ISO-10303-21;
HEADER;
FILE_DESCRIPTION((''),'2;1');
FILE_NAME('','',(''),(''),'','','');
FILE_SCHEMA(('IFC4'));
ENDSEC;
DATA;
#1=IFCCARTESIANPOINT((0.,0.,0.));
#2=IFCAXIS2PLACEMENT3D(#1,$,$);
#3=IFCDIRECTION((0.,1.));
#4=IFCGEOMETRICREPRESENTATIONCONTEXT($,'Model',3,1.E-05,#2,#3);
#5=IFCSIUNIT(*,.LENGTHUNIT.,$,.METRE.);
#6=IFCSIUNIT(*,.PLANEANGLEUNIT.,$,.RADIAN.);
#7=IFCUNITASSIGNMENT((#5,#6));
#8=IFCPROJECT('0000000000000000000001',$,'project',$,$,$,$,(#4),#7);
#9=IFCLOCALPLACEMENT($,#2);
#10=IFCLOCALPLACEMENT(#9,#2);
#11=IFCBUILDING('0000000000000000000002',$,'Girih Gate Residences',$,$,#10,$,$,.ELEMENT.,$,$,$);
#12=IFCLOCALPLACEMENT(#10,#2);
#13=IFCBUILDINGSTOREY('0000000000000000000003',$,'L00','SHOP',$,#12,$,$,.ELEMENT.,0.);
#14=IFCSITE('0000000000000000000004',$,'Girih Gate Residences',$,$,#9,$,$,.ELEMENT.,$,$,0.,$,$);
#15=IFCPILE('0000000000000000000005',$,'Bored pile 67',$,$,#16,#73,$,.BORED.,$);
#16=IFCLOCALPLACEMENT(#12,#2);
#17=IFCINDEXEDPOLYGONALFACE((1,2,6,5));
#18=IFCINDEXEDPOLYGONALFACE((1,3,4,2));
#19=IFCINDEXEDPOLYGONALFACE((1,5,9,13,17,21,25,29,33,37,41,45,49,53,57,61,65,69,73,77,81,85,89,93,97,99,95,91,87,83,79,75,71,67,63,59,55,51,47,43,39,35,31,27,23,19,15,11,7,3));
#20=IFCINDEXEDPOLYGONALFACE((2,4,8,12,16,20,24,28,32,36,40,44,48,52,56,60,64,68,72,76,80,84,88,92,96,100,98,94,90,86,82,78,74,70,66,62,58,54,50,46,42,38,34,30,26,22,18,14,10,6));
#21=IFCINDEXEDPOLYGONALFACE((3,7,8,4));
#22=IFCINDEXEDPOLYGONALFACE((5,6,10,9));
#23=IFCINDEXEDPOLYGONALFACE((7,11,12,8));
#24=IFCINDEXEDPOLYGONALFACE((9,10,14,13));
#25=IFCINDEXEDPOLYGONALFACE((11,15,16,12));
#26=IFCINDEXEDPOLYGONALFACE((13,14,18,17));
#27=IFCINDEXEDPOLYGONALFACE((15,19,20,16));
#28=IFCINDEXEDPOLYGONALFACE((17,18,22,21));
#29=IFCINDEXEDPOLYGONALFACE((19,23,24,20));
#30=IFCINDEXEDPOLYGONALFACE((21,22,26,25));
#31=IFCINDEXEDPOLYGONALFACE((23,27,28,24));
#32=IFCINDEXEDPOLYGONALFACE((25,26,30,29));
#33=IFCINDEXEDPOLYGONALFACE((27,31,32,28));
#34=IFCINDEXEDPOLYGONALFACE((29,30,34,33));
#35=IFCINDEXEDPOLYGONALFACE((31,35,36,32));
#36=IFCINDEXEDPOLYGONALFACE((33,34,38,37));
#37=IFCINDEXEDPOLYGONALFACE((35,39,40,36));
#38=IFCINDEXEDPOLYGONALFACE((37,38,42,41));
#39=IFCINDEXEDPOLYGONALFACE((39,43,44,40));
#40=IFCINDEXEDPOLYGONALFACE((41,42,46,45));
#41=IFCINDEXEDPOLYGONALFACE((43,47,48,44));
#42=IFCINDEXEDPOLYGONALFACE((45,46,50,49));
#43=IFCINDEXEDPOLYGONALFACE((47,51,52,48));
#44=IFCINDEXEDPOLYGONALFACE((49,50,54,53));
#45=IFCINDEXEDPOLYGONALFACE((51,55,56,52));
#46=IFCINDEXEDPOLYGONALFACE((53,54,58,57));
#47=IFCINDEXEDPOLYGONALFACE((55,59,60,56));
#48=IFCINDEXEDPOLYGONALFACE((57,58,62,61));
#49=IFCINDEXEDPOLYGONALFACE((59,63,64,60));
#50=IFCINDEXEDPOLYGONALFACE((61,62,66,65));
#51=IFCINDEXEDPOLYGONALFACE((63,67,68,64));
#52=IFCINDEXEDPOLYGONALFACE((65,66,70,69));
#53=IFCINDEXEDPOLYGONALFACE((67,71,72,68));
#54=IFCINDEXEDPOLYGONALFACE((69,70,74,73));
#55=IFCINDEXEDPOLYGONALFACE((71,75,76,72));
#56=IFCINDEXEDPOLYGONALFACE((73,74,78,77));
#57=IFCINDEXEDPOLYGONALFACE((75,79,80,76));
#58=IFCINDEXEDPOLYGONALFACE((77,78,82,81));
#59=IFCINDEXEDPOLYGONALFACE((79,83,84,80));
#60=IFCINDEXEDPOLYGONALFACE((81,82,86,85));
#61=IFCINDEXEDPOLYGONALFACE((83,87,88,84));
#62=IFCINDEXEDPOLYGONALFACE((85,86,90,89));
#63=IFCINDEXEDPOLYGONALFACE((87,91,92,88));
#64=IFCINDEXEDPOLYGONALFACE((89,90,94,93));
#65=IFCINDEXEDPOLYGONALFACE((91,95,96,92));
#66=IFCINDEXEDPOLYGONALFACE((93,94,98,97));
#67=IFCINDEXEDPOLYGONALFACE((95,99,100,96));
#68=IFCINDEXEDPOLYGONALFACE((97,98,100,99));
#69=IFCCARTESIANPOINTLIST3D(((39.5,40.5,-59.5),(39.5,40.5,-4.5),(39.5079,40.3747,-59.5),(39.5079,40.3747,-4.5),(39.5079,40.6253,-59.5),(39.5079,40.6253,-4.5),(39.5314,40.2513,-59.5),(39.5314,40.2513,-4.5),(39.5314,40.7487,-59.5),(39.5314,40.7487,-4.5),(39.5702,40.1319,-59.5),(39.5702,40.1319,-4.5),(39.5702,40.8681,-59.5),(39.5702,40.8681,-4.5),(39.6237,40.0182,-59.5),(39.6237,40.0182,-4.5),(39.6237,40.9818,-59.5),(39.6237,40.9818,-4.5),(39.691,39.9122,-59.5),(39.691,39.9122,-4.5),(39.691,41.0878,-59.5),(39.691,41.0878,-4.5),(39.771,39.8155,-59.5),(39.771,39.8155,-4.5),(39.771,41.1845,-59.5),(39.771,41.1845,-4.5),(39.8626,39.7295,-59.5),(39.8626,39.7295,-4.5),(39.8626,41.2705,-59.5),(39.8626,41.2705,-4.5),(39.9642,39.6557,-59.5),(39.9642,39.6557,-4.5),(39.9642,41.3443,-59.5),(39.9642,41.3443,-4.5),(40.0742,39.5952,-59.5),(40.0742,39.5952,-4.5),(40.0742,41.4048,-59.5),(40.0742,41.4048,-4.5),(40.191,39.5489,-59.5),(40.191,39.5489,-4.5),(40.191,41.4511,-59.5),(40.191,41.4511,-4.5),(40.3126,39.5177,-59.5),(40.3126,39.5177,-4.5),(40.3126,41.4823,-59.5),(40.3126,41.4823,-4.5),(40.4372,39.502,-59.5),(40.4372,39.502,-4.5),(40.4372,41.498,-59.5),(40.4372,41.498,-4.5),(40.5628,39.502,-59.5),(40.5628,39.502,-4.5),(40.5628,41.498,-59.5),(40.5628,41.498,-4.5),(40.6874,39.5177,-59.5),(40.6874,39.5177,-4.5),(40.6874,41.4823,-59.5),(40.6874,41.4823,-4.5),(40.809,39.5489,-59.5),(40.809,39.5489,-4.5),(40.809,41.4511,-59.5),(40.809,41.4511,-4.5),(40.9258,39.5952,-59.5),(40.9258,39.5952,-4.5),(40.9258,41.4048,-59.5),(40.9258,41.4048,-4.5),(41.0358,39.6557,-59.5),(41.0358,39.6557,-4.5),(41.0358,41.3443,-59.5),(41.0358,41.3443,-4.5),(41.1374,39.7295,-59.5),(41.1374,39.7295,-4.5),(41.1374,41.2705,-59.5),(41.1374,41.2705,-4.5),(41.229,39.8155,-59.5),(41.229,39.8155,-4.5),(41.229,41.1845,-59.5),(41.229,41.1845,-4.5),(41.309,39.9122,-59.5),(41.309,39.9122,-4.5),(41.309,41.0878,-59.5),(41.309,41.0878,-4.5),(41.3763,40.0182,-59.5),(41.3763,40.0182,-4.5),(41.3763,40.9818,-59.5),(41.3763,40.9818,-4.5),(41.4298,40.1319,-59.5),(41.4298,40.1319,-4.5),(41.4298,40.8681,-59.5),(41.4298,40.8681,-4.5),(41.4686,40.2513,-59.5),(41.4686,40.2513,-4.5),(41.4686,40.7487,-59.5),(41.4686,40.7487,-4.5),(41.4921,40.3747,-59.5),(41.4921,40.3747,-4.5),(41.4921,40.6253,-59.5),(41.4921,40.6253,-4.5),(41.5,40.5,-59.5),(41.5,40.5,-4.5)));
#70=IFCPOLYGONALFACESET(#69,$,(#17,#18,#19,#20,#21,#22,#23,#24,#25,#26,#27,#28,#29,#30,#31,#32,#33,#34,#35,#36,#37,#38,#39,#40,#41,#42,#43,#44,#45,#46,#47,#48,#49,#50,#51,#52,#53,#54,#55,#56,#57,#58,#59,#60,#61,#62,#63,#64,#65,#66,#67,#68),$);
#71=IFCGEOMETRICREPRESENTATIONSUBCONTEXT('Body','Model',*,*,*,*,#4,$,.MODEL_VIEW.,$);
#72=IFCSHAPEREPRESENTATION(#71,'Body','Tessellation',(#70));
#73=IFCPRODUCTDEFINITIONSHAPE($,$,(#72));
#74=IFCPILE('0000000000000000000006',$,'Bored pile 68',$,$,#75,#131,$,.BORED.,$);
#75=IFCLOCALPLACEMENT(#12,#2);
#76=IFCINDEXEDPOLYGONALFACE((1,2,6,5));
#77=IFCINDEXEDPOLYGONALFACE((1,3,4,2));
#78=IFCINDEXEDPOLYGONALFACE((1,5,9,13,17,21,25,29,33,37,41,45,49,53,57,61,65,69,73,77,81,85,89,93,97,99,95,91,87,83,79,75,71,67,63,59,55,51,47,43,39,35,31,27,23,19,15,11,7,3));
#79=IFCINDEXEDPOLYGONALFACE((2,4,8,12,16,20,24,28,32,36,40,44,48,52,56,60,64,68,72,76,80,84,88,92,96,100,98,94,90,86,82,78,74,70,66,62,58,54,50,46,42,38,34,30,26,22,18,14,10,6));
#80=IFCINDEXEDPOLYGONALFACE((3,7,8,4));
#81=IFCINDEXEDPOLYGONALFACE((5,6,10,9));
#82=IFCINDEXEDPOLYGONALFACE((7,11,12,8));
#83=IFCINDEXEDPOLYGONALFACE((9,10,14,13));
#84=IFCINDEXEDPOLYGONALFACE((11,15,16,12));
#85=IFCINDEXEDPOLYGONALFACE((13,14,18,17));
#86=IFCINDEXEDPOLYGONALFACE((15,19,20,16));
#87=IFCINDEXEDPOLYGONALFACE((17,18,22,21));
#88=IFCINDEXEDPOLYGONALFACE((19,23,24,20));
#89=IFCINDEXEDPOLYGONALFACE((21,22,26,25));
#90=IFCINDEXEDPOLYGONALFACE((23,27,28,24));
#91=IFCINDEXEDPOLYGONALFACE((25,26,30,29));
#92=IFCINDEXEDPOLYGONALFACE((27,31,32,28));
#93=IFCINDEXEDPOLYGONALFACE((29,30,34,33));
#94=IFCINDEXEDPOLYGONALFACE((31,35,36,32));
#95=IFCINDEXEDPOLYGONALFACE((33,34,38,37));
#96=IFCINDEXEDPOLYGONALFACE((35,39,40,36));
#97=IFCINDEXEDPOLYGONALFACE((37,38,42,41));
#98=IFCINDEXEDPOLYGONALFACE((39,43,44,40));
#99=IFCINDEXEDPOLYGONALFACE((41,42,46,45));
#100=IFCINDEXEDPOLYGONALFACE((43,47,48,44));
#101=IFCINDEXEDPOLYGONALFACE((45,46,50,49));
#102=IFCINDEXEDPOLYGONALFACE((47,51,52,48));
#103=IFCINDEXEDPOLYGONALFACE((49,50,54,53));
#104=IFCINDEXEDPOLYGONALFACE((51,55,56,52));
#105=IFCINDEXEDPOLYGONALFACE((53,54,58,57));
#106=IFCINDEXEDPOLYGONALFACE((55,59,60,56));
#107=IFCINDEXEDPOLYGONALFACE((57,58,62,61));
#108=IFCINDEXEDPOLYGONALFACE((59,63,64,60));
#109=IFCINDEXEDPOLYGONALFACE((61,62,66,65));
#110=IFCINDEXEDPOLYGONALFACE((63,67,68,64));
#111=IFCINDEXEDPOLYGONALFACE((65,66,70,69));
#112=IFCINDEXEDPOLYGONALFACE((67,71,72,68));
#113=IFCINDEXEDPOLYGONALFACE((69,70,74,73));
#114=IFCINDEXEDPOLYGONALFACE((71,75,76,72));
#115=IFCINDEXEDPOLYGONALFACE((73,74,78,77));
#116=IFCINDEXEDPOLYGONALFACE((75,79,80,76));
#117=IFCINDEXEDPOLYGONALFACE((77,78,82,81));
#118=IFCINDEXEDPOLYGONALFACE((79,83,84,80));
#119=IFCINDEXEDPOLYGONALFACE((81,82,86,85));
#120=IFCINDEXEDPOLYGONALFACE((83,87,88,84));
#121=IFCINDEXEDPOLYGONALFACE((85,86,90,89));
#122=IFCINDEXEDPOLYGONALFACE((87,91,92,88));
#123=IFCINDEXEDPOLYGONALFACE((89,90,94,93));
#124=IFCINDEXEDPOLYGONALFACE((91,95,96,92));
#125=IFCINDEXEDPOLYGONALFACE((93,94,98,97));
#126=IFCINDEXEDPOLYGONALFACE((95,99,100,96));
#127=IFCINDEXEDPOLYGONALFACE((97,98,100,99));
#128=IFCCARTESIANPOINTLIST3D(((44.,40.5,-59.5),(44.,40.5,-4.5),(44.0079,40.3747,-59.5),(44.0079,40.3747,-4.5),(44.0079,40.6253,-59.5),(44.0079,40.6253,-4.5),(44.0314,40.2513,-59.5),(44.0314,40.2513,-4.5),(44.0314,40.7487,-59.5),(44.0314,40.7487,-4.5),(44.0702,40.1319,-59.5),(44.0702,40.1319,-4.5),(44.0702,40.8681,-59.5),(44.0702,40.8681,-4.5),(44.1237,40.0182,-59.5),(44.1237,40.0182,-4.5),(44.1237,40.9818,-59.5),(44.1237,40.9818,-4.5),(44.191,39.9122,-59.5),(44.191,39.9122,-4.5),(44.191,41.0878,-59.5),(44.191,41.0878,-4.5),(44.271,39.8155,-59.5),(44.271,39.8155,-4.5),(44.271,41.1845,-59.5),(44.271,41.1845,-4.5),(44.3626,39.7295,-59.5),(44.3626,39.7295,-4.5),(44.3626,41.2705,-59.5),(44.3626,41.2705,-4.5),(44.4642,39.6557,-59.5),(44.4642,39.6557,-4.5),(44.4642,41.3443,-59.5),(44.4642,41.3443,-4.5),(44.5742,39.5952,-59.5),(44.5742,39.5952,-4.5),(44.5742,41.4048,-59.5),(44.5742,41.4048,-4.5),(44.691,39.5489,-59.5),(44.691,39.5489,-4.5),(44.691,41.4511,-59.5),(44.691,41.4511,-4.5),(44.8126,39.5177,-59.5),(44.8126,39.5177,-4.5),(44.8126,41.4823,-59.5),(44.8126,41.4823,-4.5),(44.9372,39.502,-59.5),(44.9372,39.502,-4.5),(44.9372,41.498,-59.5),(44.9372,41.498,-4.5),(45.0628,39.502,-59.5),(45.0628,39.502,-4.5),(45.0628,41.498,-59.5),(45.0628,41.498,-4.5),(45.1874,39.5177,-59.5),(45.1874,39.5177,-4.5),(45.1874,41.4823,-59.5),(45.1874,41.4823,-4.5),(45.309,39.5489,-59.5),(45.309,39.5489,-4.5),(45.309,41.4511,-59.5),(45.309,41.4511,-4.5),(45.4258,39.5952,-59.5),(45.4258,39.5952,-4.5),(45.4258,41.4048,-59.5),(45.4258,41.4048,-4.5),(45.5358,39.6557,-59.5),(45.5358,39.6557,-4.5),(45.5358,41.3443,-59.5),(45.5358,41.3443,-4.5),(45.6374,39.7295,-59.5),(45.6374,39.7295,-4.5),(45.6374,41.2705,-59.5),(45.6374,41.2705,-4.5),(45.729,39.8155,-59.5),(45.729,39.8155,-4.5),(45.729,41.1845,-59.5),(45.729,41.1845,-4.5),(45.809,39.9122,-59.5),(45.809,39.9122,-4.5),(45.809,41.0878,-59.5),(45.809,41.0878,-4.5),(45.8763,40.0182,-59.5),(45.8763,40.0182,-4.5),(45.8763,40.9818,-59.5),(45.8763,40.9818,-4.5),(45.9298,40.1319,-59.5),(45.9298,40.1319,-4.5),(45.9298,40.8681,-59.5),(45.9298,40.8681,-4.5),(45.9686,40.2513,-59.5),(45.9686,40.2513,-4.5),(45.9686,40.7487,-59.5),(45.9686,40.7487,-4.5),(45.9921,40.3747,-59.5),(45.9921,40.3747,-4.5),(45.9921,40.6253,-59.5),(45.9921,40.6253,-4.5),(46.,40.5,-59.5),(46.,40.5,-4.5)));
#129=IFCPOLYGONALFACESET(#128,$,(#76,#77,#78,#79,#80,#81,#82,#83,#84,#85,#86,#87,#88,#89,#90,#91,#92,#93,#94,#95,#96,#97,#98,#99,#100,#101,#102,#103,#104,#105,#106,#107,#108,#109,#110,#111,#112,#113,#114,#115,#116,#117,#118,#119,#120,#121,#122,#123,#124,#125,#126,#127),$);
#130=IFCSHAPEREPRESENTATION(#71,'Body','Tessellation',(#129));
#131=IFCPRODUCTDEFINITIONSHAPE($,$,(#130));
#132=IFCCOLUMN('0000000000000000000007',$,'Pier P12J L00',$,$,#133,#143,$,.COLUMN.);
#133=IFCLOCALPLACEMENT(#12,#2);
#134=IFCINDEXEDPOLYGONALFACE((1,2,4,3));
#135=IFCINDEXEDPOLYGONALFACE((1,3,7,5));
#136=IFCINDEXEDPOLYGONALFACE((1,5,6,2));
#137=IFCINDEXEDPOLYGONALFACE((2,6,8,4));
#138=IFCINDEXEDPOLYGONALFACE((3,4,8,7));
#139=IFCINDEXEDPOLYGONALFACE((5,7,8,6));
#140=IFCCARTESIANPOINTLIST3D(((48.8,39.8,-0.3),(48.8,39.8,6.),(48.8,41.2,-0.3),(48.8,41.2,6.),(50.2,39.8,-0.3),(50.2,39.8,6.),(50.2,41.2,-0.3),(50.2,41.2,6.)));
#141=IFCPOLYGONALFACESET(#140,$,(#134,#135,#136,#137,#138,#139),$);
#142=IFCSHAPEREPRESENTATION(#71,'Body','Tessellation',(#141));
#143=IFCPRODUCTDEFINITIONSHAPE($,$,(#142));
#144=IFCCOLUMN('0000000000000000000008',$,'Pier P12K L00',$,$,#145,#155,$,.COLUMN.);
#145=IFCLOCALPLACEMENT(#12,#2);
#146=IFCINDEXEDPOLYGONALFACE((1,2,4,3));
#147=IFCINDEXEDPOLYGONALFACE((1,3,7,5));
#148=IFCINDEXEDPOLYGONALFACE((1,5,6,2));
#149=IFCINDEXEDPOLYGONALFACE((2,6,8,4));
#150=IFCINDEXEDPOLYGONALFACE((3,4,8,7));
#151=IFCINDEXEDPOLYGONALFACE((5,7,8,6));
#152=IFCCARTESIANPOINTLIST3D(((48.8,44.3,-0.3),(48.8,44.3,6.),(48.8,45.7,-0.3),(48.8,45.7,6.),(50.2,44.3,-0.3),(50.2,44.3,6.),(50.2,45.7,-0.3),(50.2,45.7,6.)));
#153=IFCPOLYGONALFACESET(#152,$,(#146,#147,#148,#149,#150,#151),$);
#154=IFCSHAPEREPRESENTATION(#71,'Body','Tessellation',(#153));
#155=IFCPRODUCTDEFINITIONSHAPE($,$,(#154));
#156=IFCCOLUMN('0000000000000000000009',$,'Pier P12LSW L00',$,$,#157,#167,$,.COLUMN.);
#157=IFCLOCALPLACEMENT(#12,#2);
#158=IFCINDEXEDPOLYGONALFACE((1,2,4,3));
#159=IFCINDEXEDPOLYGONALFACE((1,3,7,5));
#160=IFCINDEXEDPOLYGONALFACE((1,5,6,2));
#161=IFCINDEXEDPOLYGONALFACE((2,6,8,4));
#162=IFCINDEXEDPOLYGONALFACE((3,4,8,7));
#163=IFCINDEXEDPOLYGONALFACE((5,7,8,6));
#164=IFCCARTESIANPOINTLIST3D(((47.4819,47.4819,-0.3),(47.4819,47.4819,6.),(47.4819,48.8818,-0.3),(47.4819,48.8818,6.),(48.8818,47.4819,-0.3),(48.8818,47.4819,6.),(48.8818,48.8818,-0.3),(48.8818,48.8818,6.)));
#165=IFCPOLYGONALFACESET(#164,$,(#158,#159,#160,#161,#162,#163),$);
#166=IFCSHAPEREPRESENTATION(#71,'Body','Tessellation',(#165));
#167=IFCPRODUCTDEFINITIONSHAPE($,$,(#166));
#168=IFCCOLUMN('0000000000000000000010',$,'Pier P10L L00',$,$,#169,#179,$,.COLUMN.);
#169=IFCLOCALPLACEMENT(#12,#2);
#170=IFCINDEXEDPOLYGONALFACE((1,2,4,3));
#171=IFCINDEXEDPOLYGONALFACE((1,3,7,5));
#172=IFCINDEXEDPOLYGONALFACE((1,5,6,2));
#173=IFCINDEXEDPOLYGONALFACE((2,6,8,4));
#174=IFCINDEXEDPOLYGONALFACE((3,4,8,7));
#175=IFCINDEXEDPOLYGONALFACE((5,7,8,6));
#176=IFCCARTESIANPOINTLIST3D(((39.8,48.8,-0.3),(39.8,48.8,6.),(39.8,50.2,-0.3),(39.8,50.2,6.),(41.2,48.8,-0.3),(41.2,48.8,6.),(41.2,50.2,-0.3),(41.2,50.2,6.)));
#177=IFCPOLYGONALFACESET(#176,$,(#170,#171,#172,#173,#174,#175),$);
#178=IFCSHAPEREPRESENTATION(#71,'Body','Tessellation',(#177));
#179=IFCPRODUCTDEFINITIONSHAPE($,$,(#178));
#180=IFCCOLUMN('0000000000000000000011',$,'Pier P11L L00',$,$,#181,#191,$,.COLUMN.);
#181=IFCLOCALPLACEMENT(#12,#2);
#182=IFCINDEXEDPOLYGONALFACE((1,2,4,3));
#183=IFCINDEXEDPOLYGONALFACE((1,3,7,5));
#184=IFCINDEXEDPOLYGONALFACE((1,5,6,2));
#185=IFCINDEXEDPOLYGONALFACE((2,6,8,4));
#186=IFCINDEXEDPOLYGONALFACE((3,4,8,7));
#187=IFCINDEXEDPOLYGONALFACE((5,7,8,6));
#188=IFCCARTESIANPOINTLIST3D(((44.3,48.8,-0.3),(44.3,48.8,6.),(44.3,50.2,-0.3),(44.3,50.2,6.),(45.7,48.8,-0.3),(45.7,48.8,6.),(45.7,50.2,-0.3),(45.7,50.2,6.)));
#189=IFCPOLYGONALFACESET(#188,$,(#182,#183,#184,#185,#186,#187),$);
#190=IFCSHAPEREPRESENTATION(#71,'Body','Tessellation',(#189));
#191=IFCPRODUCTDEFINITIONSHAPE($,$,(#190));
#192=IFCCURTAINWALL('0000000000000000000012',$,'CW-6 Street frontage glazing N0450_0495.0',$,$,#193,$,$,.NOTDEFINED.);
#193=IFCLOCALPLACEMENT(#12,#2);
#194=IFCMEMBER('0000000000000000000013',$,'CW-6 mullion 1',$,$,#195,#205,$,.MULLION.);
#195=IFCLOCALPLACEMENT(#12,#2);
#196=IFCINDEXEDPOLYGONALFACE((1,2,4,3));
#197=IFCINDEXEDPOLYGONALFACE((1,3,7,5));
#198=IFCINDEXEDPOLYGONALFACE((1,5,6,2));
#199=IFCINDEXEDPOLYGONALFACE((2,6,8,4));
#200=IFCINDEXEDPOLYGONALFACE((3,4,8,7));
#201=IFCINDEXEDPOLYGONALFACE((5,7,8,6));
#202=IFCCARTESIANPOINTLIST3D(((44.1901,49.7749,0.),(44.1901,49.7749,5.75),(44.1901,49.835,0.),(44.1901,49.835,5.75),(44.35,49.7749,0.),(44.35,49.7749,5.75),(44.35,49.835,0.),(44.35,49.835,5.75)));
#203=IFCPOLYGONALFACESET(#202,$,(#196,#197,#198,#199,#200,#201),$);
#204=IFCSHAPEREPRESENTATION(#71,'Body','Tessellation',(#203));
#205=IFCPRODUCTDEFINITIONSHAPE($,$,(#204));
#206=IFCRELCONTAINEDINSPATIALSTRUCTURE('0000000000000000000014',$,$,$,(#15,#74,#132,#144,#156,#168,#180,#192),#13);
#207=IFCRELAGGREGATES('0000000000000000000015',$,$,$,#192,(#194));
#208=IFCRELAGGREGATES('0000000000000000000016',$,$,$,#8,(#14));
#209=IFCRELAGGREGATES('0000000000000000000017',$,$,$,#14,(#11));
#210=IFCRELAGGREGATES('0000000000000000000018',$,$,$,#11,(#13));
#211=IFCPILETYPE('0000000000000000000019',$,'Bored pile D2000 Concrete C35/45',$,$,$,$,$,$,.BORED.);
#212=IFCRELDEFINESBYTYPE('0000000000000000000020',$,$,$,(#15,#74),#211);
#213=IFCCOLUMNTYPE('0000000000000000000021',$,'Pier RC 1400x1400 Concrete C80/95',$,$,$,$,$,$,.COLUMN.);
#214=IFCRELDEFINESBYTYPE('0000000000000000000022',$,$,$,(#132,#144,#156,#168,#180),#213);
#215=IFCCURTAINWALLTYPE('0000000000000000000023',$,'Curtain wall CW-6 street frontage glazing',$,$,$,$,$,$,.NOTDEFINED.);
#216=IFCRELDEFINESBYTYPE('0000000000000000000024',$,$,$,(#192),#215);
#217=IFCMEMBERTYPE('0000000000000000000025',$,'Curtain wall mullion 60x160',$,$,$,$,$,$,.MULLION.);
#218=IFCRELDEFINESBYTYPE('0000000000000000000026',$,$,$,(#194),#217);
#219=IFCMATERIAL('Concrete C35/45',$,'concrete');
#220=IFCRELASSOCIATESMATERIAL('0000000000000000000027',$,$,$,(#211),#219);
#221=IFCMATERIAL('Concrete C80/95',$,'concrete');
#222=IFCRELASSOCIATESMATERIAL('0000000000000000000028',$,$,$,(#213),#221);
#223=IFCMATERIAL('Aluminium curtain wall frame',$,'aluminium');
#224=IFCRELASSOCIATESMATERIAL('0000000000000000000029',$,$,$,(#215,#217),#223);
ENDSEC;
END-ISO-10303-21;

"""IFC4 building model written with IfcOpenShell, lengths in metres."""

from ifc_helpers import new_model, si_unit, direction, frame, origin, origin_2d, place, context, subcontext, project, spatial, rectangle, circle, extrude, material, material_profile, profile_set, type_object, element, aggregate, save


model = new_model("IFC4")

# Units and contexts
model_context = context("Model", 3, precision=1e-05, world=origin(), true_north=direction((0.0, 1.0)))
body_context = subcontext(model_context, "Body", "Model", "MODEL_VIEW")
ifc_project = project(units=[si_unit("LENGTHUNIT", "METRE"), si_unit("PLANEANGLEUNIT", "RADIAN")], contexts=[model_context])

# Site, building, storey
site_placement = place(None, origin())
site = spatial("IfcSite", under=ifc_project, at=site_placement, Name="Girih Gate Residences", CompositionType="ELEMENT", RefElevation=0.0)
building_placement = place(site_placement, origin())
building = spatial("IfcBuilding", under=site, at=building_placement, Name="Girih Gate Residences", CompositionType="ELEMENT")
storey_placement = place(building_placement, origin())
storey = spatial("IfcBuildingStorey", under=building, at=storey_placement, Name="L00", Description="SHOP", CompositionType="ELEMENT", Elevation=0.0)

# Piles
ifc_material_1 = material(Name="Concrete C35/45", Category="concrete")
ifc_material_profile_1 = material_profile(ifc_material_1, circle(Radius=1.0, at=origin_2d()))
ifc_profile_set_1 = profile_set([ifc_material_profile_1], Name="Concrete C35/45")
pile_type_1 = type_object("IfcPileType", Name="Bored pile D2000 Concrete C35/45", PredefinedType="BORED", material=ifc_profile_set_1)
for number, where, z_axis, x_axis, name in (
    (1, (40.5, 40.5, -4.5), (0.0, 0.0, -1.0), (1.0, 0.0, 0.0), "Bored pile 67"),
    (2, (45.0, 40.5, -4.5), (0.0, 0.0, -1.0), (1.0, 0.0, 0.0), "Bored pile 68"),
):
    element("IfcPile", number, at=place(storey_placement, frame(where, z_axis=z_axis, x_axis=x_axis)), inside=storey, type_object=pile_type_1, Name=name, PredefinedType="BORED", context=body_context, shape_type="SweptSolid", body=[
        extrude(circle(Radius=1.0, at=origin_2d()), origin(), (0.0, 0.0, 1.0), 55.0),
    ])

# Columns
ifc_material_2 = material(Name="Concrete C80/95", Category="concrete")
ifc_material_profile_2 = material_profile(ifc_material_2, rectangle(XDim=1.3999, YDim=1.3999, at=origin_2d()))
ifc_profile_set_2 = profile_set([ifc_material_profile_2], Name="Concrete C80/95")
column_type = type_object("IfcColumnType", Name="Pier RC 1400x1400 Concrete C80/95", PredefinedType="COLUMN", material=ifc_profile_set_2)
for number, where, z_axis, x_axis, name in (
    (3, (49.5, 40.5, -0.3), (0.0, 0.0, 1.0), (1.0, 0.0, 0.0), "Pier P12J L00"),
    (4, (49.5, 45.0, -0.3), (0.0, 0.0, 1.0), (1.0, 0.0, 0.0), "Pier P12K L00"),
    (5, (48.1819, 48.1819, -0.3), (0.0, 0.0, 1.0), (1.0, 0.0, 0.0), "Pier P12LSW L00"),
    (6, (40.5, 49.5, -0.3), (0.0, 0.0, 1.0), (1.0, 0.0, 0.0), "Pier P10L L00"),
    (7, (45.0, 49.5, -0.3), (0.0, 0.0, 1.0), (1.0, 0.0, 0.0), "Pier P11L L00"),
):
    element("IfcColumn", number, at=place(storey_placement, frame(where, z_axis=z_axis, x_axis=x_axis)), inside=storey, type_object=column_type, Name=name, PredefinedType="COLUMN", context=body_context, shape_type="SweptSolid", body=[
        extrude(rectangle(XDim=1.3999, YDim=1.3999, at=origin_2d()), origin(), (0.0, 0.0, 1.0), 6.3),
    ])

# Curtain wall, member
ifc_material_3 = material(Name="Aluminium curtain wall frame", Category="aluminium")
curtain_wall_type = type_object("IfcCurtainWallType", Name="Curtain wall CW-6 street frontage glazing", PredefinedType="NOTDEFINED", material=ifc_material_3)
curtain_wall_placement = place(storey_placement, origin())
curtain_wall = element("IfcCurtainWall", 8, at=curtain_wall_placement, inside=storey, type_object=curtain_wall_type, Name="CW-6 Street frontage glazing N0450_0495.0", PredefinedType="NOTDEFINED")
ifc_material_profile_3 = material_profile(ifc_material_3, rectangle(XDim=0.0601, YDim=0.1599, at=origin_2d()))
ifc_profile_set_3 = profile_set([ifc_material_profile_3], Name="Aluminium curtain wall frame")
member_type_1 = type_object("IfcMemberType", Name="Curtain wall mullion 60x160", PredefinedType="MULLION", material=ifc_profile_set_3)
member_1_placement = place(storey_placement, frame((44.27, 49.8049, 0.0), z_axis=(0.0, 0.0, 1.0), x_axis=(0.0, -1.0, 0.0)))
member_1 = element("IfcMember", 9, at=member_1_placement, type_object=member_type_1, Name="CW-6 mullion 1", PredefinedType="MULLION", context=body_context, shape_type="SweptSolid", body=[
    extrude(rectangle(XDim=0.0601, YDim=0.1599, at=origin_2d()), origin(), (0.0, 0.0, 1.0), 5.75),
])

aggregate(curtain_wall, [member_1])

save(model, "model.ifc")
